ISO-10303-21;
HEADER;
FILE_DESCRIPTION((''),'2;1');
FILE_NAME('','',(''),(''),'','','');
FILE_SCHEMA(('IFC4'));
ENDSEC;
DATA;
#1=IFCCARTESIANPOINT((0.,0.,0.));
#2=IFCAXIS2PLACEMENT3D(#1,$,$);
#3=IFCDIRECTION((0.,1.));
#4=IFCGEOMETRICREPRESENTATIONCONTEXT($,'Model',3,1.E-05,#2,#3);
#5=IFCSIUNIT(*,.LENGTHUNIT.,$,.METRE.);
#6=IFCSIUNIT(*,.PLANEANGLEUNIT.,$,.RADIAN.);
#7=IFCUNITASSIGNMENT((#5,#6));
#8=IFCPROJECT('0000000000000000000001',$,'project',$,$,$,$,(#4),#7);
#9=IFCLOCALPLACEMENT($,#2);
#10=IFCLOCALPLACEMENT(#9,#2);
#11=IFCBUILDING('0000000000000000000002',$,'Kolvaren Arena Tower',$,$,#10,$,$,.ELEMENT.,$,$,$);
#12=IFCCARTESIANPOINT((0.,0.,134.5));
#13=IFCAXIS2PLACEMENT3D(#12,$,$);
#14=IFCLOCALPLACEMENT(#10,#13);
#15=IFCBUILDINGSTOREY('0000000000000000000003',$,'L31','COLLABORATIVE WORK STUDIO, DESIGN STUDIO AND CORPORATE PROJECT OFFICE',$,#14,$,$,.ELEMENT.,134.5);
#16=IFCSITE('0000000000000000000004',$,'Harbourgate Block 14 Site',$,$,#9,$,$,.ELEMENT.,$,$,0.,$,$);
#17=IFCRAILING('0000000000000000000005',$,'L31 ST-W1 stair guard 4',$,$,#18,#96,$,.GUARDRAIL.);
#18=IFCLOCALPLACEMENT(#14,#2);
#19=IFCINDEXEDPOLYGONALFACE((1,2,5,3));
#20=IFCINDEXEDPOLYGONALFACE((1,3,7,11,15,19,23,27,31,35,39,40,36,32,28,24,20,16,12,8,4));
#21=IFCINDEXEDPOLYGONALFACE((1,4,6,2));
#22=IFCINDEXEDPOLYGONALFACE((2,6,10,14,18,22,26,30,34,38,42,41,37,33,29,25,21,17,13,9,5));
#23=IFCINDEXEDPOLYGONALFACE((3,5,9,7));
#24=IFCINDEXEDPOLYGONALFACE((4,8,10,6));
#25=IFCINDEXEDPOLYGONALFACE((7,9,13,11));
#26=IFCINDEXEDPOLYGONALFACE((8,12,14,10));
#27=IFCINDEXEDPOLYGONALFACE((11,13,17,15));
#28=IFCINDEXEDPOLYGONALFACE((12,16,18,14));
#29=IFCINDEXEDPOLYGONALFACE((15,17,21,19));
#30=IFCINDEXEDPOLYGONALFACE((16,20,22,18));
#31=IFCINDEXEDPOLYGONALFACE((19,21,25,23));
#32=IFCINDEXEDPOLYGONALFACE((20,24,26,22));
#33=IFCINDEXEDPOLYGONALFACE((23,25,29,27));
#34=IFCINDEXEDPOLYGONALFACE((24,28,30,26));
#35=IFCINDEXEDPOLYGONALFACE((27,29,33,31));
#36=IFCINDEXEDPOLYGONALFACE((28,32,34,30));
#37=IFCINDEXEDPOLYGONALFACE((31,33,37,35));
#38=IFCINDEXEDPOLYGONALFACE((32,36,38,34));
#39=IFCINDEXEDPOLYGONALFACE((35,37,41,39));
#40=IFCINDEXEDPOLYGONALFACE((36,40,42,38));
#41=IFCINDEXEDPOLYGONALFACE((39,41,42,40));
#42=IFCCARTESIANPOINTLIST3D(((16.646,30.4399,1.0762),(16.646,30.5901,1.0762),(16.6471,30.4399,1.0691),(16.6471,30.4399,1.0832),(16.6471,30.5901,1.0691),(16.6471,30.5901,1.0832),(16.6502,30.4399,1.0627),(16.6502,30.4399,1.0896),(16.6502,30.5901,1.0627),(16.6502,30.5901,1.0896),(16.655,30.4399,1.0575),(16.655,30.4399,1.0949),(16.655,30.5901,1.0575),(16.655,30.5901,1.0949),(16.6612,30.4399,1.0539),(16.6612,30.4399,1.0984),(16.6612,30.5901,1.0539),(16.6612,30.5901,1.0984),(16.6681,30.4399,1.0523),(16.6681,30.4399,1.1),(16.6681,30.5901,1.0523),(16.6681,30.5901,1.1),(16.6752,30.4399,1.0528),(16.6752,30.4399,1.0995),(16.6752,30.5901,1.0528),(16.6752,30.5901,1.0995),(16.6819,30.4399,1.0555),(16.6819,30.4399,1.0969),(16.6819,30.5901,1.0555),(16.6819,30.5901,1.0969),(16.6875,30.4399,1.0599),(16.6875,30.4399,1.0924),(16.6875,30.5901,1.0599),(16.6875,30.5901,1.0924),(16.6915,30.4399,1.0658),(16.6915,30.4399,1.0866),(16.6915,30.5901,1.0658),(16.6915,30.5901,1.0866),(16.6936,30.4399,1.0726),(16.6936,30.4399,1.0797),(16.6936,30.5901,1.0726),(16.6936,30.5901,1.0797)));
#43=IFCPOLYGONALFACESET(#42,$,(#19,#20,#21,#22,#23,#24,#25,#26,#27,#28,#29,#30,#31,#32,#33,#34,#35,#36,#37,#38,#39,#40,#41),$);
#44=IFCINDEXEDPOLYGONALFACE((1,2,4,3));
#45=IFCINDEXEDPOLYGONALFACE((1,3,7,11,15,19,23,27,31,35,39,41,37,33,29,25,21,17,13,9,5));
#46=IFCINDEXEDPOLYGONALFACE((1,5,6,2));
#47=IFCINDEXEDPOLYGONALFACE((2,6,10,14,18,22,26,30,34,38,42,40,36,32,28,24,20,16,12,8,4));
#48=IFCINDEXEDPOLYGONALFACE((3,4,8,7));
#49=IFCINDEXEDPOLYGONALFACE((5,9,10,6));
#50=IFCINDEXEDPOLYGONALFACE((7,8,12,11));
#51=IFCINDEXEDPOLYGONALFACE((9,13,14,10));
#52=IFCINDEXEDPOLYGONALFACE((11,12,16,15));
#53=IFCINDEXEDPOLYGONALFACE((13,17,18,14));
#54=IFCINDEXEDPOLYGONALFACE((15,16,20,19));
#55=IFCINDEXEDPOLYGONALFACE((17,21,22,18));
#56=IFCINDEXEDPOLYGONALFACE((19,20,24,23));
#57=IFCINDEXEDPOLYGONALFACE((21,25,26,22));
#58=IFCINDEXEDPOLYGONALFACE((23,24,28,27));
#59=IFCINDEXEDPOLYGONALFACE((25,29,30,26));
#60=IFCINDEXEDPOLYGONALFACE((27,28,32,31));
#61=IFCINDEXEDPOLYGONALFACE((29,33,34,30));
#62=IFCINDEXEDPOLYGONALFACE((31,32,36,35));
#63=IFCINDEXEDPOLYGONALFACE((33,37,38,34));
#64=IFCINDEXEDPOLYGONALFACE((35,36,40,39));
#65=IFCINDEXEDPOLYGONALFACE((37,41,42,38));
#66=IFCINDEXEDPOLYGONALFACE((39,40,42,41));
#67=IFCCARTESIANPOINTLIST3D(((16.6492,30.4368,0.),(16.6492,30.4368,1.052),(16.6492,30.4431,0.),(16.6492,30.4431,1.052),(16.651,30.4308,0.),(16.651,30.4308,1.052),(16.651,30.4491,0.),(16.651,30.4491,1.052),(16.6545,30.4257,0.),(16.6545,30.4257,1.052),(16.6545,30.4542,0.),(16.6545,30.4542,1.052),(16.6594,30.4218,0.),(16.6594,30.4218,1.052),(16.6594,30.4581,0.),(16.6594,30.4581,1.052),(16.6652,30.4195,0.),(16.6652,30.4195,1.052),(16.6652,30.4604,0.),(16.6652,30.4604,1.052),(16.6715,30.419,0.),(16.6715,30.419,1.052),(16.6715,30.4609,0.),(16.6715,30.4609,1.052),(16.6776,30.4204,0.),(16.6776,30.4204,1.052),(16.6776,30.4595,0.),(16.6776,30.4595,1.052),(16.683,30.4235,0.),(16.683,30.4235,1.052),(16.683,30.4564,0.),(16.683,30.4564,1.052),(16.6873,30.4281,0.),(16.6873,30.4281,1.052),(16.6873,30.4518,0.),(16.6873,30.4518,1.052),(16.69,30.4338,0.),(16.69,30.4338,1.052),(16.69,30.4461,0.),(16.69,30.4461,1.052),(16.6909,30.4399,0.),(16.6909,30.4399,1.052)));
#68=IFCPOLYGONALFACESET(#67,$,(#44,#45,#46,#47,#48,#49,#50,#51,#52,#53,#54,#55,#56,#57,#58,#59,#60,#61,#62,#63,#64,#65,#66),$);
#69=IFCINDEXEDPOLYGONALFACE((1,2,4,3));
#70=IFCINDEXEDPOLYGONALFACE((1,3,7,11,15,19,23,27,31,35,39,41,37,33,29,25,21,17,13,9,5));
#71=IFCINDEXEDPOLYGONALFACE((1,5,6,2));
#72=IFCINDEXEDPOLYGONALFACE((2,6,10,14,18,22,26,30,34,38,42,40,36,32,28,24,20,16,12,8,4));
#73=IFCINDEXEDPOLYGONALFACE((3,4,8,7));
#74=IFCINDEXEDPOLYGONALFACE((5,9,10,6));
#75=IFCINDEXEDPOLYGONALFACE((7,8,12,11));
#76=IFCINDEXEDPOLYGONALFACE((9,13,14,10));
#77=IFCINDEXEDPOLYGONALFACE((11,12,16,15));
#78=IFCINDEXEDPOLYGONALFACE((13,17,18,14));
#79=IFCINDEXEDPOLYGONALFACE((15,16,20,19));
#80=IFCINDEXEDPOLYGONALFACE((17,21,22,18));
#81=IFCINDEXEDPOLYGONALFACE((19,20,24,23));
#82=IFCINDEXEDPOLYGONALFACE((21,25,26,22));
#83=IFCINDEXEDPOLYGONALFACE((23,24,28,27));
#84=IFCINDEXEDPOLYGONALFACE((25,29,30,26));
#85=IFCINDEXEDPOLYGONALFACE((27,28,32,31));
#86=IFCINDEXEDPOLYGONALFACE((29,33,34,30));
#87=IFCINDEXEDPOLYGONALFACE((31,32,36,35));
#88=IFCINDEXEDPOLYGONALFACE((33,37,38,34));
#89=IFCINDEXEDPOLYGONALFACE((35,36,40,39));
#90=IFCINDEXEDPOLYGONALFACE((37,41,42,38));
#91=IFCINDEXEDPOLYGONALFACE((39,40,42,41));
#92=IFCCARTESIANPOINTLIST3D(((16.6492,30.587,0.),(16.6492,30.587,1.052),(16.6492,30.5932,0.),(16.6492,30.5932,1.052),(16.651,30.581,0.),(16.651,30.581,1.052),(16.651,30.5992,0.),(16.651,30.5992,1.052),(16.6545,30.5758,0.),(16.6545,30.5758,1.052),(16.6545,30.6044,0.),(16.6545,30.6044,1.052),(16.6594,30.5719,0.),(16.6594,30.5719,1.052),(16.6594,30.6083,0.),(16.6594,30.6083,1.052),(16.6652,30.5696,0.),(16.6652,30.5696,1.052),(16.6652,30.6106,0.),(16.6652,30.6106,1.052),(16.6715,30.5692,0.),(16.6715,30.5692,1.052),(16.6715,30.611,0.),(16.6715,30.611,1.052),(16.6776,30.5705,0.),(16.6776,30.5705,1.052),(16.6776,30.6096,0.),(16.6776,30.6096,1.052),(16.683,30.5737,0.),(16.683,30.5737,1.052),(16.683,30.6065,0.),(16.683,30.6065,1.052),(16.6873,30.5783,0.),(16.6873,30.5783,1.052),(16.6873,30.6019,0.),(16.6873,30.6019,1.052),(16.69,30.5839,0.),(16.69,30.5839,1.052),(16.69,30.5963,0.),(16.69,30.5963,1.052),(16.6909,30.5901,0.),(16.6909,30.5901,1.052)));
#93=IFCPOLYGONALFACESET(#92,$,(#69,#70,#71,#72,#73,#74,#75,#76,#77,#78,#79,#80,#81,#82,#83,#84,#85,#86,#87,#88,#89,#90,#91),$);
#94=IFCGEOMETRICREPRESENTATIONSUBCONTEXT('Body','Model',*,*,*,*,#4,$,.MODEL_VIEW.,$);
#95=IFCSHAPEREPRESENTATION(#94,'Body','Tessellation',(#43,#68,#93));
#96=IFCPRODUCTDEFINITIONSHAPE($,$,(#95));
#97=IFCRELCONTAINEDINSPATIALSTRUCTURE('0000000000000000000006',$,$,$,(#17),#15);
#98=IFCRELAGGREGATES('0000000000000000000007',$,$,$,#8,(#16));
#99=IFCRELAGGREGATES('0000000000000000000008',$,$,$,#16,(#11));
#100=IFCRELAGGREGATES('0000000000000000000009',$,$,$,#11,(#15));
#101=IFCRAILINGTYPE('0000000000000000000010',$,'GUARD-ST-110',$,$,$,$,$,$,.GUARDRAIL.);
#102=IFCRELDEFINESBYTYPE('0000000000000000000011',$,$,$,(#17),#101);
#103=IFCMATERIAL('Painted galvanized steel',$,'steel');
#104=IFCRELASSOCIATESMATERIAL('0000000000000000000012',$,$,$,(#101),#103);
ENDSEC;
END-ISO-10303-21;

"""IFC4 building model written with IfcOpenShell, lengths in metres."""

from ifc_helpers import new_model, si_unit, direction, frame, origin, origin_2d, place, context, subcontext, project, spatial, circle, extrude, material, type_object, element, save


model = new_model("IFC4")

# Units and contexts
model_context = context("Model", 3, precision=1e-05, world=origin(), true_north=direction((0.0, 1.0)))
body_context = subcontext(model_context, "Body", "Model", "MODEL_VIEW")
ifc_project = project(units=[si_unit("LENGTHUNIT", "METRE"), si_unit("PLANEANGLEUNIT", "RADIAN")], contexts=[model_context])

# Site, building, storey
site_placement = place(None, origin())
site = spatial("IfcSite", under=ifc_project, at=site_placement, Name="Harbourgate Block 14 Site", CompositionType="ELEMENT", RefElevation=0.0)
building_placement = place(site_placement, origin())
building = spatial("IfcBuilding", under=site, at=building_placement, Name="Kolvaren Arena Tower", CompositionType="ELEMENT")
storey_placement = place(building_placement, frame((0.0, 0.0, 134.5)))
storey = spatial("IfcBuildingStorey", under=building, at=storey_placement, Name="L31", Description="COLLABORATIVE WORK STUDIO, DESIGN STUDIO AND CORPORATE PROJECT OFFICE", CompositionType="ELEMENT", Elevation=134.5)

# Railing
ifc_material_1 = material(Name="Painted galvanized steel", Category="steel")
railing_type_1 = type_object("IfcRailingType", Name="GUARD-ST-110", PredefinedType="GUARDRAIL", material=ifc_material_1)
railing_1_placement = place(storey_placement, frame((16.6699, 30.4399, 0.0)))
element("IfcRailing", 1, at=railing_1_placement, inside=storey, type_object=railing_type_1, Name="L31 ST-W1 stair guard 4", PredefinedType="GUARDRAIL", context=body_context, shape_type="SweptSolid", body=[
    extrude(circle(Radius=0.0239, at=origin_2d()), frame((0.0, 0.0, 1.0762), z_axis=(0.0, 1.0, 0.0), x_axis=(-1.0, 0.0, 0.0)), (0.0, 0.0, 1.0), 0.1501),
    extrude(circle(Radius=0.021, at=origin_2d()), origin(), (0.0, 0.0, 1.0), 1.052),
    extrude(circle(Radius=0.021, at=origin_2d()), frame((0.0, 0.1501, 0.0)), (0.0, 0.0, 1.0), 1.052),
])

save(model, "model.ifc")
